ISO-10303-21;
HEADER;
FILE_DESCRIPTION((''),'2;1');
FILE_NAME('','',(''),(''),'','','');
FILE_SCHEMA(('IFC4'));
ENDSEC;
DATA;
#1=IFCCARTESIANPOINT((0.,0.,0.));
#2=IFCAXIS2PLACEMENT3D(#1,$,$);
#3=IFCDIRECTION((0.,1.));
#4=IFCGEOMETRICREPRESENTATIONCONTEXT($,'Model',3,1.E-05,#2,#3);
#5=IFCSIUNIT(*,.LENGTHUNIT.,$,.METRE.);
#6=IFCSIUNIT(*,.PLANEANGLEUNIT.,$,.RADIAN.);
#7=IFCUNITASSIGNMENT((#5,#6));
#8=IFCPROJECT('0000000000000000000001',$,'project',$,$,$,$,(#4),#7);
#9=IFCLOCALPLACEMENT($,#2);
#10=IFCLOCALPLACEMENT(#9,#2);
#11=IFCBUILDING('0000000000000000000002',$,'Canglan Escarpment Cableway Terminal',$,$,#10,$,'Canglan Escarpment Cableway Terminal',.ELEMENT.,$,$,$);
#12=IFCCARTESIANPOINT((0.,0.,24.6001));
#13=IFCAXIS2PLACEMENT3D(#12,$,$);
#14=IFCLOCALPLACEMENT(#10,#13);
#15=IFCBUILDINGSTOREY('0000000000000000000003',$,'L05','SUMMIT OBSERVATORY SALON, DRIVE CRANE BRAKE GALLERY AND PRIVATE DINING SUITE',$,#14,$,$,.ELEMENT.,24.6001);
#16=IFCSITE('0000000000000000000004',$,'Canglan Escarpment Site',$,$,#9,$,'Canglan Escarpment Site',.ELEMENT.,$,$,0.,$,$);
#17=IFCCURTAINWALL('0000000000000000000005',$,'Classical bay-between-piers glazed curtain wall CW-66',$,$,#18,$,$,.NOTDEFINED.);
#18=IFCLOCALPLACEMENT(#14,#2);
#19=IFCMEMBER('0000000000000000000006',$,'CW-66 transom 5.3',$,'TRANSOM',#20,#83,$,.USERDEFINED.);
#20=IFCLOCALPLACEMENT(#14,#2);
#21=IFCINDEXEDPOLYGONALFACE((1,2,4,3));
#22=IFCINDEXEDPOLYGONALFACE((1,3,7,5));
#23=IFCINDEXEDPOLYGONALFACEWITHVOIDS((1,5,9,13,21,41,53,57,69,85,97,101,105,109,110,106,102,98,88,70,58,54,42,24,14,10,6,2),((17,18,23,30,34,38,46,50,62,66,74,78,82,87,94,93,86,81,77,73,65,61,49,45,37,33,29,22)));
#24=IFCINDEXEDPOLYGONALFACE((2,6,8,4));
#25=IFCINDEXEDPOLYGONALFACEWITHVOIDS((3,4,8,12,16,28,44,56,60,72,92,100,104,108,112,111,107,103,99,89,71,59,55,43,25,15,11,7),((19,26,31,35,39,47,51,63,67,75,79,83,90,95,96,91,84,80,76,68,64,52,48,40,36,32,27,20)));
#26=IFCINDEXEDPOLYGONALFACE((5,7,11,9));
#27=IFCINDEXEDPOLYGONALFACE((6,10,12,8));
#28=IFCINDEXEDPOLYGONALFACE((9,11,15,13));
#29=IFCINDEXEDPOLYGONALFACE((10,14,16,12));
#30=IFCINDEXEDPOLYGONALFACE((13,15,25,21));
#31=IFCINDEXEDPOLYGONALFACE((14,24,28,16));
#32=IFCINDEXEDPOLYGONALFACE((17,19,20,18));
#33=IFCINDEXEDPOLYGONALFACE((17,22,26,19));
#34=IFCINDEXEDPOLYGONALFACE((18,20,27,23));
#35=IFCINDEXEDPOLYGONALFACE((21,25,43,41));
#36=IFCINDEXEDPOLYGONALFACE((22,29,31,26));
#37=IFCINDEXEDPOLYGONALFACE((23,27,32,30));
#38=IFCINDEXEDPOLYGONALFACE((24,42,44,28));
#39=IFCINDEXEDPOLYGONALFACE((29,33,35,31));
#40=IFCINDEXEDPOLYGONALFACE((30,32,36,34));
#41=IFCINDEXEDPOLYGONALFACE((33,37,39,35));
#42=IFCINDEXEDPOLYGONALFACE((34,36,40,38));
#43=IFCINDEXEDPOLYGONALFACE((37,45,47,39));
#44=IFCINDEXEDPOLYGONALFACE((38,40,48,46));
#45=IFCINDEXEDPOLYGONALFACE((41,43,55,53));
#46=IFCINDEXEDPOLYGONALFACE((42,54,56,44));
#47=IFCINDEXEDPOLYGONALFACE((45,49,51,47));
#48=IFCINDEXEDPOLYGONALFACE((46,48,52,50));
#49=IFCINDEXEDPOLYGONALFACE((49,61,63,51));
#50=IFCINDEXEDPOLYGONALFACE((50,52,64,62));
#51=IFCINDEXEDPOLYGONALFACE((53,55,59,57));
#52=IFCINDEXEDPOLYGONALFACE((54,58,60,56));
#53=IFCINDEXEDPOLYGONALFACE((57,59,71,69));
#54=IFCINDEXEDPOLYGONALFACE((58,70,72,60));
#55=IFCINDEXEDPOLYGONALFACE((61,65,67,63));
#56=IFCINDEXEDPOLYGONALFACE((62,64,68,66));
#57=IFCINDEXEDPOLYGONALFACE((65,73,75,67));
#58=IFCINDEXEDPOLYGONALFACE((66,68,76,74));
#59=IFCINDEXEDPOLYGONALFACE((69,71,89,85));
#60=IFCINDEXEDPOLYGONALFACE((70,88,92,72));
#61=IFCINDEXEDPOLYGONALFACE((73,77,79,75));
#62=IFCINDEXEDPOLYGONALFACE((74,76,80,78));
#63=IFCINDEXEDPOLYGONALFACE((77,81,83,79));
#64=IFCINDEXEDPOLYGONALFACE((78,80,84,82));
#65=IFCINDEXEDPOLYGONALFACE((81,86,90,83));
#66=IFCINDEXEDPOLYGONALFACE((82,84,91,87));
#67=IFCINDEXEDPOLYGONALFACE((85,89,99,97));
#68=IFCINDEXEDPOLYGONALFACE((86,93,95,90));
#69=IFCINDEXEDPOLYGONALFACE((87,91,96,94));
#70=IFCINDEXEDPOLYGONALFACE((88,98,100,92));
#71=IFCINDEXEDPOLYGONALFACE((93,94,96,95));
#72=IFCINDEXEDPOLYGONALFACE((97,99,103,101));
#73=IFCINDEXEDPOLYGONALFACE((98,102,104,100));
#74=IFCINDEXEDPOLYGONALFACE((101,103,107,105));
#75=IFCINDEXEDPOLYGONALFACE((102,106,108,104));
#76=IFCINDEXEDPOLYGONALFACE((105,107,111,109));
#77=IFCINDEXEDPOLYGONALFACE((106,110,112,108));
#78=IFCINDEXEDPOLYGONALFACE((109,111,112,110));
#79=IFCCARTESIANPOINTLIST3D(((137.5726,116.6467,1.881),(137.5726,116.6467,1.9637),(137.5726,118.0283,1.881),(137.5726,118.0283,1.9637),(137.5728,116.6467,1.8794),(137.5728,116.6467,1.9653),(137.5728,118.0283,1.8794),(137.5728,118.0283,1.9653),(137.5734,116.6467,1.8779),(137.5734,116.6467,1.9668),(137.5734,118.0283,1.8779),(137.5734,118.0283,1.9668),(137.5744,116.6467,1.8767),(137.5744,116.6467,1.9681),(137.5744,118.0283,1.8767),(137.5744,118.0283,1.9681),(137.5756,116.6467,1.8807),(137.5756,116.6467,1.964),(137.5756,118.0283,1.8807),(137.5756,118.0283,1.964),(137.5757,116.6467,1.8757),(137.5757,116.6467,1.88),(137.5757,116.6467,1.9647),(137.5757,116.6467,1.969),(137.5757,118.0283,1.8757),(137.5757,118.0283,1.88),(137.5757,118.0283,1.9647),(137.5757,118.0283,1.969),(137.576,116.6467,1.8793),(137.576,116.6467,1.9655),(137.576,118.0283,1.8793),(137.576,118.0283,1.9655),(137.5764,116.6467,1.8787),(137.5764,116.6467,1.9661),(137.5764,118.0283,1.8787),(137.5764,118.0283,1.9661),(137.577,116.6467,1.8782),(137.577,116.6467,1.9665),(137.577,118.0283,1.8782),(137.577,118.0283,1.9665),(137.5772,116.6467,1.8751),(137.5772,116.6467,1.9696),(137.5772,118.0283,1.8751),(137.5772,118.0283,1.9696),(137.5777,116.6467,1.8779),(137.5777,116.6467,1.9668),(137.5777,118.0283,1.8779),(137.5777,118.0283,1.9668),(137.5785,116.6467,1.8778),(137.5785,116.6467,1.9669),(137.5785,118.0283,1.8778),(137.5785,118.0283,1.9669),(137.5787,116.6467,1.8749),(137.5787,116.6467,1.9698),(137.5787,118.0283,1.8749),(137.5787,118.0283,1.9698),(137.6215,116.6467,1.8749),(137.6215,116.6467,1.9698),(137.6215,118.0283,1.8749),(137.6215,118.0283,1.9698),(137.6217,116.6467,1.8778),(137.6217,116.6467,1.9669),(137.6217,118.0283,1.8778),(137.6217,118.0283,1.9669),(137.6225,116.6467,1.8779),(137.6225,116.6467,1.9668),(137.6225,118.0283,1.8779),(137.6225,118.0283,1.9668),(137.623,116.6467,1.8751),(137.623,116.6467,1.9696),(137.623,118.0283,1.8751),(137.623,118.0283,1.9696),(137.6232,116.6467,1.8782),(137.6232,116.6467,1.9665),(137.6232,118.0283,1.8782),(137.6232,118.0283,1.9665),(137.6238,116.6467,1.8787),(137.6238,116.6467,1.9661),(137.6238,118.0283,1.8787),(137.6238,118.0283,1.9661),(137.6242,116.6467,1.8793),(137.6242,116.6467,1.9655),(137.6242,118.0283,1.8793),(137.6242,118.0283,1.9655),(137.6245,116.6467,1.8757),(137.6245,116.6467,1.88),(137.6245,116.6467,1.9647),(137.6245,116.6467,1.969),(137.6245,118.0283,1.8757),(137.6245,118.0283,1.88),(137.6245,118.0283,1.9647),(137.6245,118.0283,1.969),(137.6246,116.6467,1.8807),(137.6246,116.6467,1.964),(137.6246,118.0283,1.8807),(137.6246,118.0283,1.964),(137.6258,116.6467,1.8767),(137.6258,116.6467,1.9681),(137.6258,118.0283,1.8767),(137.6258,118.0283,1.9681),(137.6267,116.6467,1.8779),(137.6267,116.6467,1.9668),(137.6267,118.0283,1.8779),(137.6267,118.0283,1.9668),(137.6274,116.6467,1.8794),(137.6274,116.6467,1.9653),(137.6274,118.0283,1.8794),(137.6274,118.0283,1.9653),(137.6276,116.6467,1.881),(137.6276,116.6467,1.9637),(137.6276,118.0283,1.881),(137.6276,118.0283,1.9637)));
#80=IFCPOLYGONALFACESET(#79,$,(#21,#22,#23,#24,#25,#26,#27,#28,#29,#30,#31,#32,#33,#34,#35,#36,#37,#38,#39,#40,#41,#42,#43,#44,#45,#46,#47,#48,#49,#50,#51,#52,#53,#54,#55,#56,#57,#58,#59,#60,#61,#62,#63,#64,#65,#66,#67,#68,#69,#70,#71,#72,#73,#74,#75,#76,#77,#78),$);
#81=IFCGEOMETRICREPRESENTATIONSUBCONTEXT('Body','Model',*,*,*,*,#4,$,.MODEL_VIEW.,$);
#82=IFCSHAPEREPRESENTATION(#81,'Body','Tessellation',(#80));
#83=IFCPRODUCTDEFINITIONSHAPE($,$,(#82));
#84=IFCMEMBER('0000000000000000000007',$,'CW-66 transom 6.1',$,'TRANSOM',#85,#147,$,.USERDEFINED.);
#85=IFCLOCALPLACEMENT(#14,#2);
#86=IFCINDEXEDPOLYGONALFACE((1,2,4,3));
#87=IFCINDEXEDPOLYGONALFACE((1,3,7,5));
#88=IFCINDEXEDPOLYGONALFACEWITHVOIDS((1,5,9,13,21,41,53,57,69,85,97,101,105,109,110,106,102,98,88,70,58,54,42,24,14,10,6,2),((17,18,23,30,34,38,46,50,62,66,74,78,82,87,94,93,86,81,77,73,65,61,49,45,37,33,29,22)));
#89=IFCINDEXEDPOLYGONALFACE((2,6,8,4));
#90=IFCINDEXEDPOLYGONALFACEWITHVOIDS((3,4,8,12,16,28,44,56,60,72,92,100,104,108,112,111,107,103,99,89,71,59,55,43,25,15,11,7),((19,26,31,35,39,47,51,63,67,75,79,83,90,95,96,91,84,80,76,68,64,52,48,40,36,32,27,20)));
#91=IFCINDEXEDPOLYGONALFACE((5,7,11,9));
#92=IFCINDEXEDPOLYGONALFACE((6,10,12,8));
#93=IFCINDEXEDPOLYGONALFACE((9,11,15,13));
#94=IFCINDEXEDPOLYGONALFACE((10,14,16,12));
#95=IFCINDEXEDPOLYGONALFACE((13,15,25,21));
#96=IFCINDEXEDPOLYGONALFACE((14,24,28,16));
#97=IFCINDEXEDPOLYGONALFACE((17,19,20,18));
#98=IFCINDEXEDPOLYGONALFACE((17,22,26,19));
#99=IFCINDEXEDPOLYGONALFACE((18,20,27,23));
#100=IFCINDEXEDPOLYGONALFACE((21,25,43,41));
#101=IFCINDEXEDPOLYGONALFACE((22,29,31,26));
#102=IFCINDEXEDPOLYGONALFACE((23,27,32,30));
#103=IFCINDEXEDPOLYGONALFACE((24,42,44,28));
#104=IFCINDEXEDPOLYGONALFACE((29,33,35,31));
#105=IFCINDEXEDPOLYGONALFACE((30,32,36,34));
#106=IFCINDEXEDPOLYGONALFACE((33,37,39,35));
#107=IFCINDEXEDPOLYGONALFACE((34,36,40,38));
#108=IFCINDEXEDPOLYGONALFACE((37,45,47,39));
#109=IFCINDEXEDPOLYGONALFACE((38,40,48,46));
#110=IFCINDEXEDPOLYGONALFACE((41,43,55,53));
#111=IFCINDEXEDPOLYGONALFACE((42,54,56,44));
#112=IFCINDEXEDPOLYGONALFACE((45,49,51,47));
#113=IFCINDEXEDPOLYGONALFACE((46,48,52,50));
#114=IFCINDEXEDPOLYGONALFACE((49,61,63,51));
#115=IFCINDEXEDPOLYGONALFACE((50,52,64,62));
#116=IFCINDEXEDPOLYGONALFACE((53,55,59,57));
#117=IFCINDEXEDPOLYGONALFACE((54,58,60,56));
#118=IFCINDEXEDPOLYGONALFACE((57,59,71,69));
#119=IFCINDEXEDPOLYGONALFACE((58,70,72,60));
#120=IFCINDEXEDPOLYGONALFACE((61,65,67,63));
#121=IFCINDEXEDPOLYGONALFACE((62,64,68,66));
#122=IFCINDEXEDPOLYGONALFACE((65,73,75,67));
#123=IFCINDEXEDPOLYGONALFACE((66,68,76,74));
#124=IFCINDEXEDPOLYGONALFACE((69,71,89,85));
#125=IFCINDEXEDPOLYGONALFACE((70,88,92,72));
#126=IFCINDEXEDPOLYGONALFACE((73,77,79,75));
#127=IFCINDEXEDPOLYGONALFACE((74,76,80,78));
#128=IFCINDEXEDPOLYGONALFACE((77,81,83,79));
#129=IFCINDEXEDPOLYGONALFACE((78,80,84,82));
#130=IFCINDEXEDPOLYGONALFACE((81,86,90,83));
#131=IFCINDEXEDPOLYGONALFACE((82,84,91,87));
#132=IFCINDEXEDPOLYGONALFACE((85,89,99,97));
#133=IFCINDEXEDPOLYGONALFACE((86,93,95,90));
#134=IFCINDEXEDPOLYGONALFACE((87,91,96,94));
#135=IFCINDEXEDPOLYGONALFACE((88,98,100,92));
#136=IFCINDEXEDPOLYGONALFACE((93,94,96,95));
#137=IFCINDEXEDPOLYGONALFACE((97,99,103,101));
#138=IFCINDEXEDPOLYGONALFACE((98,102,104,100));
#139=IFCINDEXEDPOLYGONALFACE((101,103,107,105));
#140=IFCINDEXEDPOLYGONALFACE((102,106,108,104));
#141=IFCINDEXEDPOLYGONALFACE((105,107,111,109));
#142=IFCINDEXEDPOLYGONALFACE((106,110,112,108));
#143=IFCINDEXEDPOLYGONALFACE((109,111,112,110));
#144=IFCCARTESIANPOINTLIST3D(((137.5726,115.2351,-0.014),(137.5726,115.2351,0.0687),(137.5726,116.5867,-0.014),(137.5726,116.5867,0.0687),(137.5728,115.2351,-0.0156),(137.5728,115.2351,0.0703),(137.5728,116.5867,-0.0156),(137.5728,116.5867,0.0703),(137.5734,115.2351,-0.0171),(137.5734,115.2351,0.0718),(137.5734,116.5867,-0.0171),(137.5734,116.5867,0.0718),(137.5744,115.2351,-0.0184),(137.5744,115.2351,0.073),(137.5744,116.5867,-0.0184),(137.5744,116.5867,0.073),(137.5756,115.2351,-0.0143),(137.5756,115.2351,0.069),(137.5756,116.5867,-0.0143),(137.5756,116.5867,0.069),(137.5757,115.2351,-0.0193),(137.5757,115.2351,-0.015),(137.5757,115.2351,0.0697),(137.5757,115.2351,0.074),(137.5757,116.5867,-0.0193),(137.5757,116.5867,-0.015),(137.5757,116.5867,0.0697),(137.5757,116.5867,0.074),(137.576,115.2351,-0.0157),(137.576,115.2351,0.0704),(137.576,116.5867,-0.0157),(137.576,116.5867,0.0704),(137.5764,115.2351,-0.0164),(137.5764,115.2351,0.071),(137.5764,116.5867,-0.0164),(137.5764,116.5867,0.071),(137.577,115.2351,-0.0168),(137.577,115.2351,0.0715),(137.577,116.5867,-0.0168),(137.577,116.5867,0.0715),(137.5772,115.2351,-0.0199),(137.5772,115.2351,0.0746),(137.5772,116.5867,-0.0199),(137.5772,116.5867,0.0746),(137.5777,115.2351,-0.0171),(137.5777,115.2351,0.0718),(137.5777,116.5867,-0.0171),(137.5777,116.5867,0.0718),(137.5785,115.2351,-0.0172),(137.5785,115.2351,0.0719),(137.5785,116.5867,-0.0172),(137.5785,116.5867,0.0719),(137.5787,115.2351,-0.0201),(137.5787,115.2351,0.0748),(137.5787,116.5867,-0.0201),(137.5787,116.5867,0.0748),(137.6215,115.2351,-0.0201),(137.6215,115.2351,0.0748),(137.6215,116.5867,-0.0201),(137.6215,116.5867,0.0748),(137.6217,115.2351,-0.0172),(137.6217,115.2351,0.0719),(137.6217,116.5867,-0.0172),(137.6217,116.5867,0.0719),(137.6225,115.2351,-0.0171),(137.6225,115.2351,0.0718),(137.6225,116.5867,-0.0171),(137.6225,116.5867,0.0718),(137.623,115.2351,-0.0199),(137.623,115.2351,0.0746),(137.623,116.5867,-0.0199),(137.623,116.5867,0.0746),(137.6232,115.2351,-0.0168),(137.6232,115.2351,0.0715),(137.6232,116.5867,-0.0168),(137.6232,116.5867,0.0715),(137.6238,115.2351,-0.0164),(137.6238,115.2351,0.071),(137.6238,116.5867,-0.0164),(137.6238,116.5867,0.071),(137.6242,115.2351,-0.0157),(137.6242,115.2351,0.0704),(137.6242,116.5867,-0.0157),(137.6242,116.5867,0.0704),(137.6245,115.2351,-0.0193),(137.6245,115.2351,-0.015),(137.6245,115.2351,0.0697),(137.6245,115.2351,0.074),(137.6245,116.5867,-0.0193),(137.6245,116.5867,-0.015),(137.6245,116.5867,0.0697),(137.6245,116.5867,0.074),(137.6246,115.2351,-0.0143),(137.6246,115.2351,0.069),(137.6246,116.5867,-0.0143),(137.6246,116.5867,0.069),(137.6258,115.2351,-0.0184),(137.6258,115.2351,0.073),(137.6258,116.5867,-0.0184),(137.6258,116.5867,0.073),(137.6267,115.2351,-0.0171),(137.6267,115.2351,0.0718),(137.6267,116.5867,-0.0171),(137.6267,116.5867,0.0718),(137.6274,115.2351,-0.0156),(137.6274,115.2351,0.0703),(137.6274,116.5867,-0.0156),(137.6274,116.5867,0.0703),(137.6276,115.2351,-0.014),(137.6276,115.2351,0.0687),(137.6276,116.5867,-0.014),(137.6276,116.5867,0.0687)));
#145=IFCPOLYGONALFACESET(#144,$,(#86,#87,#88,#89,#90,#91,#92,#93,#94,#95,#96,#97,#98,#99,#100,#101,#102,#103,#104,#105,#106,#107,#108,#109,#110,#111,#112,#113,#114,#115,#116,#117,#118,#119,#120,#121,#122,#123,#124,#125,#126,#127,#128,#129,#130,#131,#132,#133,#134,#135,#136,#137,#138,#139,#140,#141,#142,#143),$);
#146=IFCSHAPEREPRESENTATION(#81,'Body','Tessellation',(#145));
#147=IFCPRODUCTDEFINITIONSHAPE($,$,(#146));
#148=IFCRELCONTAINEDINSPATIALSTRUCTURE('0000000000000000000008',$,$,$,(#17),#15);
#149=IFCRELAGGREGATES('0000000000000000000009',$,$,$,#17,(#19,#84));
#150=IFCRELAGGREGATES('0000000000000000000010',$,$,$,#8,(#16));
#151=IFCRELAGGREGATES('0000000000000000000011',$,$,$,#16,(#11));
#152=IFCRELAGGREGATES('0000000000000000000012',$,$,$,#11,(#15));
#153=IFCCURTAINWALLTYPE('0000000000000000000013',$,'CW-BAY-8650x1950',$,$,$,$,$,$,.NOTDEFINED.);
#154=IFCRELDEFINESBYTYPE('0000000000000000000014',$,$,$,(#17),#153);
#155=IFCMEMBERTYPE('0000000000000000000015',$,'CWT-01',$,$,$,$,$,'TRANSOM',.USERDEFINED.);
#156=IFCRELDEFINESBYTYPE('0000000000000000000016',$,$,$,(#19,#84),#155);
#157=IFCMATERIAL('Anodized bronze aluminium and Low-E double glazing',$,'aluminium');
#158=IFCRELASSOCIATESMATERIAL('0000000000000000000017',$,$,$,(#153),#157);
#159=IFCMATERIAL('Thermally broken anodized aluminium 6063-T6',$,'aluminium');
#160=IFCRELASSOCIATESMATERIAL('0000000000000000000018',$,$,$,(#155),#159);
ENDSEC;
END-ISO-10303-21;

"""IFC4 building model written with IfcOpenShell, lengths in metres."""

from ifc_helpers import new_model, si_unit, direction, frame, origin, origin_2d, place, context, subcontext, project, spatial, hollow_rectangle, extrude, material, material_profile, profile_set, type_object, element, aggregate, save


model = new_model("IFC4")

# Units and contexts
model_context = context("Model", 3, precision=1e-05, world=origin(), true_north=direction((0.0, 1.0)))
body_context = subcontext(model_context, "Body", "Model", "MODEL_VIEW")
ifc_project = project(units=[si_unit("LENGTHUNIT", "METRE"), si_unit("PLANEANGLEUNIT", "RADIAN")], contexts=[model_context])

# Site, building, storey
site_placement = place(None, origin())
site = spatial("IfcSite", under=ifc_project, at=site_placement, Name="Canglan Escarpment Site", LongName="Canglan Escarpment Site", CompositionType="ELEMENT", RefElevation=0.0)
building_placement = place(site_placement, origin())
building = spatial("IfcBuilding", under=site, at=building_placement, Name="Canglan Escarpment Cableway Terminal", LongName="Canglan Escarpment Cableway Terminal", CompositionType="ELEMENT")
storey_placement = place(building_placement, frame((0.0, 0.0, 24.6001)))
storey = spatial("IfcBuildingStorey", under=building, at=storey_placement, Name="L05", Description="SUMMIT OBSERVATORY SALON, DRIVE CRANE BRAKE GALLERY AND PRIVATE DINING SUITE", CompositionType="ELEMENT", Elevation=24.6001)

# Curtain wall
ifc_material_1 = material(Name="Anodized bronze aluminium and Low-E double glazing", Category="aluminium")
curtain_wall_type = type_object("IfcCurtainWallType", Name="CW-BAY-8650x1950", PredefinedType="NOTDEFINED", material=ifc_material_1)
curtain_wall_1_placement = place(storey_placement, origin())
curtain_wall_1 = element("IfcCurtainWall", 1, at=curtain_wall_1_placement, inside=storey, type_object=curtain_wall_type, Name="Classical bay-between-piers glazed curtain wall CW-66", PredefinedType="NOTDEFINED")
ifc_material_2 = material(Name="Thermally broken anodized aluminium 6063-T6", Category="aluminium")

# Members
ifc_material_profile_1 = material_profile(ifc_material_2, hollow_rectangle(XDim=0.0549, YDim=0.095, WallThickness=0.0029, InnerFilletRadius=0.0029, OuterFilletRadius=0.0061, at=origin_2d()), Name="ALU-TRAN 55x95x3")
ifc_profile_set_1 = profile_set([ifc_material_profile_1], Name="Thermally broken anodized aluminium 6063-T6")
member_type_1 = type_object("IfcMemberType", Name="CWT-01", ElementType="TRANSOM", PredefinedType="USERDEFINED", material=ifc_profile_set_1)
member_1_placement = place(storey_placement, frame((137.6001, 118.0283, 1.9224), z_axis=(0.0, -1.0, 0.0), x_axis=(1.0, 0.0, 0.0)))
member_1 = element("IfcMember", 2, at=member_1_placement, type_object=member_type_1, Name="CW-66 transom 5.3", ObjectType="TRANSOM", PredefinedType="USERDEFINED", context=body_context, shape_type="SweptSolid", body=[
    extrude(hollow_rectangle(XDim=0.0549, YDim=0.095, WallThickness=0.0029, InnerFilletRadius=0.0029, OuterFilletRadius=0.0061, at=origin_2d()), origin(), (0.0, 0.0, 1.0), 1.3816),
])
member_2_placement = place(storey_placement, frame((137.6001, 116.5867, 0.0273), z_axis=(0.0, -1.0, 0.0), x_axis=(1.0, 0.0, 0.0)))
member_2 = element("IfcMember", 3, at=member_2_placement, type_object=member_type_1, Name="CW-66 transom 6.1", ObjectType="TRANSOM", PredefinedType="USERDEFINED", context=body_context, shape_type="SweptSolid", body=[
    extrude(hollow_rectangle(XDim=0.0549, YDim=0.095, WallThickness=0.0029, InnerFilletRadius=0.0029, OuterFilletRadius=0.0061, at=origin_2d()), origin(), (0.0, 0.0, 1.0), 1.3516),
])

aggregate(curtain_wall_1, [member_1, member_2])

save(model, "model.ifc")
